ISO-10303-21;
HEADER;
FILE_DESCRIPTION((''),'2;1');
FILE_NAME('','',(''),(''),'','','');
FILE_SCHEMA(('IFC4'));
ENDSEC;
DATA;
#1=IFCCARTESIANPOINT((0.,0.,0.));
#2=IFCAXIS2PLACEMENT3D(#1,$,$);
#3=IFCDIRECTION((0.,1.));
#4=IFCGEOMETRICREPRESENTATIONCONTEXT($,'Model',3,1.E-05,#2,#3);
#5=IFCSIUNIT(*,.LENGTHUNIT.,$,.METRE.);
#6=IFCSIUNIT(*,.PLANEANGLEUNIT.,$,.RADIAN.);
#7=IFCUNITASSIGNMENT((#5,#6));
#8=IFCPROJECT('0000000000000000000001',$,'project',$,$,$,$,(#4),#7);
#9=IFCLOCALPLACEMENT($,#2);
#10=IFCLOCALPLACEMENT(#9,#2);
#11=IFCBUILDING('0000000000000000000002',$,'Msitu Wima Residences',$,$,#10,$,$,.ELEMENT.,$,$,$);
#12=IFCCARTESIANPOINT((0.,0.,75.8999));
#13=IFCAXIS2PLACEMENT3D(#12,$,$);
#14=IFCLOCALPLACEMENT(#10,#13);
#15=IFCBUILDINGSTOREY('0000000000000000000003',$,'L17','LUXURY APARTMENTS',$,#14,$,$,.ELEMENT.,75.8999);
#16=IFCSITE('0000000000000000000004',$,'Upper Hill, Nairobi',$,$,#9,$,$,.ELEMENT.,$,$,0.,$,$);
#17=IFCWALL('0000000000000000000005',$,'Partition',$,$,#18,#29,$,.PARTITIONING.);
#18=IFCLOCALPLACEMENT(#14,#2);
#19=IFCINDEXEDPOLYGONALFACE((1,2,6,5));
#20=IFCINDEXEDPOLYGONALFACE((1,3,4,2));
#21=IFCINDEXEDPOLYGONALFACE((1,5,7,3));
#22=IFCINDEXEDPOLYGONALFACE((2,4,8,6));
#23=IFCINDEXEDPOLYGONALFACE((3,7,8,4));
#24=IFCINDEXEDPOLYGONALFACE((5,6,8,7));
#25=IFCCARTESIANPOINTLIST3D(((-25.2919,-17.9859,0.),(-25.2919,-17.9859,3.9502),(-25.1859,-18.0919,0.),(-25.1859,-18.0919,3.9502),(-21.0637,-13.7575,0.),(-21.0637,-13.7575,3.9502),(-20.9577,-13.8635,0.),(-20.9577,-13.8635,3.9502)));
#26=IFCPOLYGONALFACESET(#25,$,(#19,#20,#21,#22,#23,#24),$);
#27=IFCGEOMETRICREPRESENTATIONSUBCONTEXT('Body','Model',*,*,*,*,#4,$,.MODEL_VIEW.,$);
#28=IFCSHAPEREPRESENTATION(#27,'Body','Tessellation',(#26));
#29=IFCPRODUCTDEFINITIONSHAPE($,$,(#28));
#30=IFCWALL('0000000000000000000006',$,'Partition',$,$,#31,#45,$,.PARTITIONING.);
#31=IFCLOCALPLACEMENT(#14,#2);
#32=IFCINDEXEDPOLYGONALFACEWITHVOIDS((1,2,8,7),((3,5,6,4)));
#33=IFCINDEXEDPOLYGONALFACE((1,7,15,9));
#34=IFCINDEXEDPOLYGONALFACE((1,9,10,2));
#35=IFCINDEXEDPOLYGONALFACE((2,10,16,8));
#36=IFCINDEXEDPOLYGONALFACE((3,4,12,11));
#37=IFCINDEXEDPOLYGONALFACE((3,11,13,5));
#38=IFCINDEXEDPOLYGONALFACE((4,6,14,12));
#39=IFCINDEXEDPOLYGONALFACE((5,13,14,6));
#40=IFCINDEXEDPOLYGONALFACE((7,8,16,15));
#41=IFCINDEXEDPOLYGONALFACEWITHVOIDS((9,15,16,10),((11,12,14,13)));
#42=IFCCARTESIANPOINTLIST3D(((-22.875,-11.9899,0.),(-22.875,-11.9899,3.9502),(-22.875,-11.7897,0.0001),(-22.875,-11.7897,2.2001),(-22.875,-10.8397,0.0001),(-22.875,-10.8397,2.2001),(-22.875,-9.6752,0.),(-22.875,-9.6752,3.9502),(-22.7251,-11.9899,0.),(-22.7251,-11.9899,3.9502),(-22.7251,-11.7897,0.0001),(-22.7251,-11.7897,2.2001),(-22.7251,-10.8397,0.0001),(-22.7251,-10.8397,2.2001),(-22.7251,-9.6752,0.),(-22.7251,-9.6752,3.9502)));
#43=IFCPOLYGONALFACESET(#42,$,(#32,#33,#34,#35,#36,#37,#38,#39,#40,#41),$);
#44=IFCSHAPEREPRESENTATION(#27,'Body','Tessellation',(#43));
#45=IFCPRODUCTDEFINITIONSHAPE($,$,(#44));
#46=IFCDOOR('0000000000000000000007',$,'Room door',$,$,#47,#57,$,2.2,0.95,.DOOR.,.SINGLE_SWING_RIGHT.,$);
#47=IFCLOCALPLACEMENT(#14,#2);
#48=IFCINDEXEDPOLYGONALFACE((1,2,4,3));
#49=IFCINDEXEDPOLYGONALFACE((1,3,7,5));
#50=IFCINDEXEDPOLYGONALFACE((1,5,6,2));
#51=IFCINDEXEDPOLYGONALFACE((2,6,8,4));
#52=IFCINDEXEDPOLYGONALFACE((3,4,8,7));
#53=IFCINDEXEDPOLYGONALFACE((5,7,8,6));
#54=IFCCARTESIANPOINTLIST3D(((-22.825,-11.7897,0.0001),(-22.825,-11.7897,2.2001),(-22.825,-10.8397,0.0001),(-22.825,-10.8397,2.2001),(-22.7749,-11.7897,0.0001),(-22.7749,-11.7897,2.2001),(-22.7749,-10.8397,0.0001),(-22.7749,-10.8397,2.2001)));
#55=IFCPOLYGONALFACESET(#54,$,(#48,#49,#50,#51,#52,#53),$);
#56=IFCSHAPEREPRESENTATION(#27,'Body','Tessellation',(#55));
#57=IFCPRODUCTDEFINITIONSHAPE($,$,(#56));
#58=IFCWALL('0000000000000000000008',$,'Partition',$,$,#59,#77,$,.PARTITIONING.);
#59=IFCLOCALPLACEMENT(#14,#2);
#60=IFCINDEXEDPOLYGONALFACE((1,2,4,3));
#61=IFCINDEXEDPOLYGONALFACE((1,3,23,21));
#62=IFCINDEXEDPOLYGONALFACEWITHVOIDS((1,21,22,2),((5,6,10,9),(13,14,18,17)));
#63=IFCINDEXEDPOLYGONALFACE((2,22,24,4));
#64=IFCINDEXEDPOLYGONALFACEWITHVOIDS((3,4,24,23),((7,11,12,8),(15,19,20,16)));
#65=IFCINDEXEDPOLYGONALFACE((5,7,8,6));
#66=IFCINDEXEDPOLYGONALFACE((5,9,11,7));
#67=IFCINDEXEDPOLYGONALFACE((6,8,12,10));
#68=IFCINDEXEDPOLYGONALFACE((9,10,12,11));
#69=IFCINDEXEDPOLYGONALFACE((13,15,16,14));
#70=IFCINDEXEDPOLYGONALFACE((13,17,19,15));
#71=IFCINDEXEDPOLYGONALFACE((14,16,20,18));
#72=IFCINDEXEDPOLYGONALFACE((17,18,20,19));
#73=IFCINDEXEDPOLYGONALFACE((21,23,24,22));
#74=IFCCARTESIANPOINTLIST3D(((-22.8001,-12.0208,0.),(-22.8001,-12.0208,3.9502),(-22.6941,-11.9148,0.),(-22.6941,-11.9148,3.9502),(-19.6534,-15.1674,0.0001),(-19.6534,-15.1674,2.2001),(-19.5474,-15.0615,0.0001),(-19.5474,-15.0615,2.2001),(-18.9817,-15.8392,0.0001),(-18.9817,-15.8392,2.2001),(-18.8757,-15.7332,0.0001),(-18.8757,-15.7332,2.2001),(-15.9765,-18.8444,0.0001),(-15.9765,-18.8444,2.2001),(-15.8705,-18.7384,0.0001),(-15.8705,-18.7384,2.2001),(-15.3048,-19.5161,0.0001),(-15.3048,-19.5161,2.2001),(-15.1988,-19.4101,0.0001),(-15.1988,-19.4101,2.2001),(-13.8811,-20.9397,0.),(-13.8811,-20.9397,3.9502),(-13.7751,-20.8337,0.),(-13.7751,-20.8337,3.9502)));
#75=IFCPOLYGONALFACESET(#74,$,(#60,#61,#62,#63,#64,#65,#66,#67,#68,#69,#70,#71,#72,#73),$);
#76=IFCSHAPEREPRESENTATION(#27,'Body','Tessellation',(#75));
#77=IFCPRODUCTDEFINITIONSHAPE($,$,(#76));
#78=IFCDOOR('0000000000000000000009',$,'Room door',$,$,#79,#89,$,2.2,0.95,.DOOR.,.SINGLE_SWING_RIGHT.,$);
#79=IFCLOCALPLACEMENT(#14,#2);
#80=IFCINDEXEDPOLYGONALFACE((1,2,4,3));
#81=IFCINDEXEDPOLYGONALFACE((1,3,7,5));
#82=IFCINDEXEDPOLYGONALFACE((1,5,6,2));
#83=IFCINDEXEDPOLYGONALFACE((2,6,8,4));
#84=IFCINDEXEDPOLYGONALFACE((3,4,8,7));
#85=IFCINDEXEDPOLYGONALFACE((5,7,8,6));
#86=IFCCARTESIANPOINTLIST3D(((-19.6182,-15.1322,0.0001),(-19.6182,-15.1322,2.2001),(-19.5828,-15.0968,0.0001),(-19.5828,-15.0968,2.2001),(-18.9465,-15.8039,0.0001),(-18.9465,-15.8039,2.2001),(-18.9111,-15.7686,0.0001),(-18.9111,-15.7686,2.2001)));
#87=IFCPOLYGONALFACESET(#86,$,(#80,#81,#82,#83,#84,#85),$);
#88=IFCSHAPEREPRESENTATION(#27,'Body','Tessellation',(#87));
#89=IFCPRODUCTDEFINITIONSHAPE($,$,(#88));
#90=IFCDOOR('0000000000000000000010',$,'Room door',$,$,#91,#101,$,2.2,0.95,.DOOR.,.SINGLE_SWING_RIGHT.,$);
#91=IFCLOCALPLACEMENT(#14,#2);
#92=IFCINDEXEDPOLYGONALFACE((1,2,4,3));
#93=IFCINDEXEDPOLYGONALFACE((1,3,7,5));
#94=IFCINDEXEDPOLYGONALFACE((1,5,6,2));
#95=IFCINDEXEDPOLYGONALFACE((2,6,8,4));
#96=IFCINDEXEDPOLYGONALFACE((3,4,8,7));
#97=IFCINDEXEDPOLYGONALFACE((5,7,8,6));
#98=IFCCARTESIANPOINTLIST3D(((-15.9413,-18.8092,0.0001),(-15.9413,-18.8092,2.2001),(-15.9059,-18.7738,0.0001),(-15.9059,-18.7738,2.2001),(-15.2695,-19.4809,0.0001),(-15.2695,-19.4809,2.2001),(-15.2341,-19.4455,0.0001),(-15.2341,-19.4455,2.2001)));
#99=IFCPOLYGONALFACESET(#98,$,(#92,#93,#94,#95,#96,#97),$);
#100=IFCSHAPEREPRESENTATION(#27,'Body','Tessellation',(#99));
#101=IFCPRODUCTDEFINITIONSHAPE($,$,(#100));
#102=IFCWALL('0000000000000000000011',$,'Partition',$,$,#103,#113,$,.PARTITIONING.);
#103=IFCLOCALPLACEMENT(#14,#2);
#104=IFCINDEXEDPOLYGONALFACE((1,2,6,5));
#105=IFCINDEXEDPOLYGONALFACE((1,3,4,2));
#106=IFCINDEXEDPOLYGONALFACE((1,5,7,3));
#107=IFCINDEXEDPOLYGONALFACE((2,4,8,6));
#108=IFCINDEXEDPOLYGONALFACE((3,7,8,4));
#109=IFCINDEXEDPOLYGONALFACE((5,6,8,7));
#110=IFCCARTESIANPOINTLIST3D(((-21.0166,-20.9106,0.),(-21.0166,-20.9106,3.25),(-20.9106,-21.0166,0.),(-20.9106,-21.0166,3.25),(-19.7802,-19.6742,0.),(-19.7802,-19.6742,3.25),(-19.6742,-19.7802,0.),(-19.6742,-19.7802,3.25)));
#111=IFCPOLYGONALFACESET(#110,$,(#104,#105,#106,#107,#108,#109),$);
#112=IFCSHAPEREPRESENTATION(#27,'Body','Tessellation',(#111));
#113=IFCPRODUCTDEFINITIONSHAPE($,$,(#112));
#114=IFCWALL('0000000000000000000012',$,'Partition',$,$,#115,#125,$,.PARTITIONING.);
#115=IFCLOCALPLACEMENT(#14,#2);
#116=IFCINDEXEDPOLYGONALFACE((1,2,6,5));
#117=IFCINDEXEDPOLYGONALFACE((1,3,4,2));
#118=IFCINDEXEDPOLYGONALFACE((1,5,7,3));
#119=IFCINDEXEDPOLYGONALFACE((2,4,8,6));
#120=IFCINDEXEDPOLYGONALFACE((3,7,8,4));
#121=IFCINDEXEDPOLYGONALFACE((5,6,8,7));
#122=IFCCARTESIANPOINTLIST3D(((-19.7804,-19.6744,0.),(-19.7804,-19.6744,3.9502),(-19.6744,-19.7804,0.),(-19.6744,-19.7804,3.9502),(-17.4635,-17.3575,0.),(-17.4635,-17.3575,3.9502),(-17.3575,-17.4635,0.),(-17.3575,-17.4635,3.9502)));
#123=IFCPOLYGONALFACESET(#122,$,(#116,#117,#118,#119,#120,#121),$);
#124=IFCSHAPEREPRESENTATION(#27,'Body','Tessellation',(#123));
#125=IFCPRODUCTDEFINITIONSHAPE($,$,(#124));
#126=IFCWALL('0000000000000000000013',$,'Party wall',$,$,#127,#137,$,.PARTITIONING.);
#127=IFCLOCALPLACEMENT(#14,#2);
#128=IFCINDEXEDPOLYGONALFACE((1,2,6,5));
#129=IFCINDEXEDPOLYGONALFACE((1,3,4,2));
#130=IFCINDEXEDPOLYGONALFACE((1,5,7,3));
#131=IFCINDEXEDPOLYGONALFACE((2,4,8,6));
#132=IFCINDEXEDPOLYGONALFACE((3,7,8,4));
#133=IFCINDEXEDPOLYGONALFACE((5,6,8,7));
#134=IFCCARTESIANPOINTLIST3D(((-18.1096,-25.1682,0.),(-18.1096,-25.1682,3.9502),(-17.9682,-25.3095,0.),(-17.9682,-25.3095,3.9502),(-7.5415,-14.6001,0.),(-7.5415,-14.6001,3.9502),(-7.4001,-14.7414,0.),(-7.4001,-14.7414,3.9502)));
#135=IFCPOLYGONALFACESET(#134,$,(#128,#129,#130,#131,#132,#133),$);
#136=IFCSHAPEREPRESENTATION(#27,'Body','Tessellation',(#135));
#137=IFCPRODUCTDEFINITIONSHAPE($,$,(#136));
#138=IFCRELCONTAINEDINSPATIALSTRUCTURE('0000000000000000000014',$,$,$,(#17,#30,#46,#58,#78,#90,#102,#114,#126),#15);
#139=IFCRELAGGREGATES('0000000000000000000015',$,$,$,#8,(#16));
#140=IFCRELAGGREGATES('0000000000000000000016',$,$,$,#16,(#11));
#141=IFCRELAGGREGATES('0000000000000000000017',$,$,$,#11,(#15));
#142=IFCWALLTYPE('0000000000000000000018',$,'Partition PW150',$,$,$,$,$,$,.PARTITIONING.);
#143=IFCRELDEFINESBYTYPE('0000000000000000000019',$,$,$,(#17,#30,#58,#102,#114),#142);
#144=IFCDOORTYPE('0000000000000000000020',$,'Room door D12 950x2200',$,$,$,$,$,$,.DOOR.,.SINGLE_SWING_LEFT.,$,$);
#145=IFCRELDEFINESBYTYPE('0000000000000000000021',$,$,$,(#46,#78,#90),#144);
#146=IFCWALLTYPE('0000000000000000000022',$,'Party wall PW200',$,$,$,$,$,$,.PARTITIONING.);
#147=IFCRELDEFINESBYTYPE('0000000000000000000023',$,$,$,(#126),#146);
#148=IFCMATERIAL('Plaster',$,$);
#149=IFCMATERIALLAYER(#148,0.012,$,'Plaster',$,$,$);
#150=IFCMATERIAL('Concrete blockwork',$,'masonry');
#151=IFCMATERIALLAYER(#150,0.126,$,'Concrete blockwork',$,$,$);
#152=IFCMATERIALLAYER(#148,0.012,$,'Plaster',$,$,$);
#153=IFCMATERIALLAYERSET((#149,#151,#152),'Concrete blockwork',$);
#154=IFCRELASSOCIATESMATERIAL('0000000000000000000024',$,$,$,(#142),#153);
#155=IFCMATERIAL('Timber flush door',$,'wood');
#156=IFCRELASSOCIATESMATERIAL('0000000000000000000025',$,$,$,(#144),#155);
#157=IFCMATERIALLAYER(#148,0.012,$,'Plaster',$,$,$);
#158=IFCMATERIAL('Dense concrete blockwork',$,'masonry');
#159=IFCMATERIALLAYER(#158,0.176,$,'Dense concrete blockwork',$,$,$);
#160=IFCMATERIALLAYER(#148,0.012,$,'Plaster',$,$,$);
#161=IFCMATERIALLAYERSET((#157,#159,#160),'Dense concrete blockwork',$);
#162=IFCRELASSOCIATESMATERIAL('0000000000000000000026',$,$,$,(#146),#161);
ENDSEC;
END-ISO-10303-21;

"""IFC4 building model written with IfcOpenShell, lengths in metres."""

from ifc_helpers import new_model, si_unit, direction, frame, frame_2d, origin, place, context, subcontext, project, spatial, rectangle, extrude, material, layer, layer_set, type_object, element, fill, save


model = new_model("IFC4")

# Units and contexts
model_context = context("Model", 3, precision=1e-05, world=origin(), true_north=direction((0.0, 1.0)))
body_context = subcontext(model_context, "Body", "Model", "MODEL_VIEW")
ifc_project = project(units=[si_unit("LENGTHUNIT", "METRE"), si_unit("PLANEANGLEUNIT", "RADIAN")], contexts=[model_context])

# Site, building, storey
site_placement = place(None, origin())
site = spatial("IfcSite", under=ifc_project, at=site_placement, Name="Upper Hill, Nairobi", CompositionType="ELEMENT", RefElevation=0.0)
building_placement = place(site_placement, origin())
building = spatial("IfcBuilding", under=site, at=building_placement, Name="Msitu Wima Residences", CompositionType="ELEMENT")
storey_placement = place(building_placement, frame((0.0, 0.0, 75.8999)))
storey = spatial("IfcBuildingStorey", under=building, at=storey_placement, Name="L17", Description="LUXURY APARTMENTS", CompositionType="ELEMENT", Elevation=75.8999)

# Shared definitions
ifc_material_1 = material(Name="Plaster")
ifc_material_2 = material(Name="Concrete blockwork", Category="masonry")

# Wall
ifc_layer_1 = layer(ifc_material_1, 0.012, Name="Plaster")
ifc_layer_2 = layer(ifc_material_2, 0.126, Name="Concrete blockwork")
ifc_layer_3 = layer(ifc_material_1, 0.012, Name="Plaster")
ifc_layer_set_1 = layer_set([ifc_layer_1, ifc_layer_2, ifc_layer_3], Name="Concrete blockwork")
wall_type_1 = type_object("IfcWallType", Name="Partition PW150", PredefinedType="PARTITIONING", material=ifc_layer_set_1)
wall_1_placement = place(storey_placement, frame((-25.2388, -18.0388, 0.0), z_axis=(0.0, 0.0, 1.0), x_axis=(0.707086, 0.707127, 0.0)))
element("IfcWall", 1, at=wall_1_placement, inside=storey, type_object=wall_type_1, Name="Partition", PredefinedType="PARTITIONING", context=body_context, shape_type="SweptSolid", body=[
    extrude(rectangle(XDim=5.9797, YDim=0.1499, at=frame_2d((2.9897, 0.0))), origin(), (0.0, 0.0, 1.0), 3.9502),
])

# Wall, opening, door
wall_2_placement = place(storey_placement, frame((-22.8, -11.9897, 0.0), z_axis=(0.0, 0.0, 1.0), x_axis=(0.0, 1.0, 0.0)))
wall_2 = element("IfcWall", 2, at=wall_2_placement, inside=storey, type_object=wall_type_1, Name="Partition", PredefinedType="PARTITIONING", context=body_context, shape_type="SweptSolid", body=[
    extrude(rectangle(XDim=2.3147, YDim=0.1499, at=frame_2d((1.1572, 0.0))), origin(), (0.0, 0.0, 1.0), 3.9502),
])
opening_1_placement = place(wall_2_placement, frame((0.2, 0.0, 0.0)))
opening_1 = element("IfcOpeningElement", 3, at=opening_1_placement, cuts=wall_2, PredefinedType="OPENING", context=body_context, shape_type="SweptSolid", body=[
    extrude(rectangle(XDim=0.95, YDim=2.2, at=frame_2d((0.4751, 1.1001))), frame((0.0, 0.085, 0.0), z_axis=(0.0, -1.0, 0.0), x_axis=(1.0, 0.0, 0.0)), (0.0, 0.0, 1.0), 0.1699),
])
ifc_material_3 = material(Name="Timber flush door", Category="wood")
door_type_1 = type_object("IfcDoorType", Name="Room door D12 950x2200", OperationType="SINGLE_SWING_LEFT", PredefinedType="DOOR", material=ifc_material_3)
door_1_placement = place(opening_1_placement, origin())
door_1 = element("IfcDoor", 4, at=door_1_placement, inside=storey, type_object=door_type_1, Name="Room door", OperationType="SINGLE_SWING_RIGHT", OverallHeight=2.2, OverallWidth=0.95, PredefinedType="DOOR", context=body_context, shape_type="SweptSolid", body=[
    extrude(rectangle(XDim=0.95, YDim=2.2, at=frame_2d((0.4751, 1.1001))), frame((0.0, 0.0249, 0.0), z_axis=(0.0, -1.0, 0.0), x_axis=(1.0, 0.0, 0.0)), (0.0, 0.0, 1.0), 0.05),
])
fill(opening_1, door_1)

# Wall, openings, doors
wall_3_placement = place(storey_placement, frame((-22.7471, -11.9678, 0.0), z_axis=(0.0, 0.0, 1.0), x_axis=(0.707107, -0.707107, 0.0)))
wall_3 = element("IfcWall", 5, at=wall_3_placement, inside=storey, type_object=wall_type_1, Name="Partition", PredefinedType="PARTITIONING", context=body_context, shape_type="SweptSolid", body=[
    extrude(rectangle(XDim=12.6133, YDim=0.1499, at=frame_2d((6.3066, 0.0))), origin(), (0.0, 0.0, 1.0), 3.9502),
])
opening_2_placement = place(wall_3_placement, frame((4.45, 0.0, 0.0)))
opening_2 = element("IfcOpeningElement", 6, at=opening_2_placement, cuts=wall_3, PredefinedType="OPENING", context=body_context, shape_type="SweptSolid", body=[
    extrude(rectangle(XDim=0.95, YDim=2.2, at=frame_2d((0.4751, 1.1001))), frame((0.0, 0.085, 0.0), z_axis=(0.0, -1.0, 0.0), x_axis=(1.0, 0.0, 0.0)), (0.0, 0.0, 1.0), 0.1699),
])
opening_3_placement = place(wall_3_placement, frame((9.6499, 0.0, 0.0)))
opening_3 = element("IfcOpeningElement", 7, at=opening_3_placement, cuts=wall_3, PredefinedType="OPENING", context=body_context, shape_type="SweptSolid", body=[
    extrude(rectangle(XDim=0.95, YDim=2.2, at=frame_2d((0.4751, 1.1001))), frame((0.0, 0.085, 0.0), z_axis=(0.0, -1.0, 0.0), x_axis=(1.0, 0.0, 0.0)), (0.0, 0.0, 1.0), 0.1699),
])
door_2_placement = place(opening_2_placement, origin())
door_2 = element("IfcDoor", 8, at=door_2_placement, inside=storey, type_object=door_type_1, Name="Room door", OperationType="SINGLE_SWING_RIGHT", OverallHeight=2.2, OverallWidth=0.95, PredefinedType="DOOR", context=body_context, shape_type="SweptSolid", body=[
    extrude(rectangle(XDim=0.95, YDim=2.2, at=frame_2d((0.4751, 1.1001))), frame((0.0, 0.0249, 0.0), z_axis=(0.0, -1.0, 0.0), x_axis=(1.0, 0.0, 0.0)), (0.0, 0.0, 1.0), 0.05),
])
fill(opening_2, door_2)
door_3_placement = place(opening_3_placement, origin())
door_3 = element("IfcDoor", 9, at=door_3_placement, inside=storey, type_object=door_type_1, Name="Room door", OperationType="SINGLE_SWING_RIGHT", OverallHeight=2.2, OverallWidth=0.95, PredefinedType="DOOR", context=body_context, shape_type="SweptSolid", body=[
    extrude(rectangle(XDim=0.95, YDim=2.2, at=frame_2d((0.4751, 1.1001))), frame((0.0, 0.0249, 0.0), z_axis=(0.0, -1.0, 0.0), x_axis=(1.0, 0.0, 0.0)), (0.0, 0.0, 1.0), 0.05),
])
fill(opening_3, door_3)

# Walls
wall_4_placement = place(storey_placement, frame((-20.9636, -20.9636, 0.0), z_axis=(0.0, 0.0, 1.0), x_axis=(0.707107, 0.707107, 0.0)))
element("IfcWall", 10, at=wall_4_placement, inside=storey, type_object=wall_type_1, Name="Partition", PredefinedType="PARTITIONING", context=body_context, shape_type="SweptSolid", body=[
    extrude(rectangle(XDim=1.7485, YDim=0.1499, at=frame_2d((0.8743, 0.0))), origin(), (0.0, 0.0, 1.0), 3.25),
])
wall_5_placement = place(storey_placement, frame((-19.7273, -19.7273, 0.0), z_axis=(0.0, 0.0, 1.0), x_axis=(0.707107, 0.707107, 0.0)))
element("IfcWall", 11, at=wall_5_placement, inside=storey, type_object=wall_type_1, Name="Partition", PredefinedType="PARTITIONING", context=body_context, shape_type="SweptSolid", body=[
    extrude(rectangle(XDim=3.2766, YDim=0.1499, at=frame_2d((1.6382, 0.0))), origin(), (0.0, 0.0, 1.0), 3.9502),
])
ifc_layer_4 = layer(ifc_material_1, 0.012, Name="Plaster")
ifc_material_4 = material(Name="Dense concrete blockwork", Category="masonry")
ifc_layer_5 = layer(ifc_material_4, 0.176, Name="Dense concrete blockwork")
ifc_layer_6 = layer(ifc_material_1, 0.012, Name="Plaster")
ifc_layer_set_2 = layer_set([ifc_layer_4, ifc_layer_5, ifc_layer_6], Name="Dense concrete blockwork")
wall_type_2 = type_object("IfcWallType", Name="Party wall PW200", PredefinedType="PARTITIONING", material=ifc_layer_set_2)
wall_6_placement = place(storey_placement, frame((-18.0388, -25.2388, 0.0), z_axis=(0.0, 0.0, 1.0), x_axis=(0.707107, 0.707107, 0.0)))
element("IfcWall", 12, at=wall_6_placement, inside=storey, type_object=wall_type_2, Name="Party wall", PredefinedType="PARTITIONING", context=body_context, shape_type="SweptSolid", body=[
    extrude(rectangle(XDim=14.9456, YDim=0.2, at=frame_2d((7.4727, 0.0))), origin(), (0.0, 0.0, 1.0), 3.9502),
])

save(model, "model.ifc")
